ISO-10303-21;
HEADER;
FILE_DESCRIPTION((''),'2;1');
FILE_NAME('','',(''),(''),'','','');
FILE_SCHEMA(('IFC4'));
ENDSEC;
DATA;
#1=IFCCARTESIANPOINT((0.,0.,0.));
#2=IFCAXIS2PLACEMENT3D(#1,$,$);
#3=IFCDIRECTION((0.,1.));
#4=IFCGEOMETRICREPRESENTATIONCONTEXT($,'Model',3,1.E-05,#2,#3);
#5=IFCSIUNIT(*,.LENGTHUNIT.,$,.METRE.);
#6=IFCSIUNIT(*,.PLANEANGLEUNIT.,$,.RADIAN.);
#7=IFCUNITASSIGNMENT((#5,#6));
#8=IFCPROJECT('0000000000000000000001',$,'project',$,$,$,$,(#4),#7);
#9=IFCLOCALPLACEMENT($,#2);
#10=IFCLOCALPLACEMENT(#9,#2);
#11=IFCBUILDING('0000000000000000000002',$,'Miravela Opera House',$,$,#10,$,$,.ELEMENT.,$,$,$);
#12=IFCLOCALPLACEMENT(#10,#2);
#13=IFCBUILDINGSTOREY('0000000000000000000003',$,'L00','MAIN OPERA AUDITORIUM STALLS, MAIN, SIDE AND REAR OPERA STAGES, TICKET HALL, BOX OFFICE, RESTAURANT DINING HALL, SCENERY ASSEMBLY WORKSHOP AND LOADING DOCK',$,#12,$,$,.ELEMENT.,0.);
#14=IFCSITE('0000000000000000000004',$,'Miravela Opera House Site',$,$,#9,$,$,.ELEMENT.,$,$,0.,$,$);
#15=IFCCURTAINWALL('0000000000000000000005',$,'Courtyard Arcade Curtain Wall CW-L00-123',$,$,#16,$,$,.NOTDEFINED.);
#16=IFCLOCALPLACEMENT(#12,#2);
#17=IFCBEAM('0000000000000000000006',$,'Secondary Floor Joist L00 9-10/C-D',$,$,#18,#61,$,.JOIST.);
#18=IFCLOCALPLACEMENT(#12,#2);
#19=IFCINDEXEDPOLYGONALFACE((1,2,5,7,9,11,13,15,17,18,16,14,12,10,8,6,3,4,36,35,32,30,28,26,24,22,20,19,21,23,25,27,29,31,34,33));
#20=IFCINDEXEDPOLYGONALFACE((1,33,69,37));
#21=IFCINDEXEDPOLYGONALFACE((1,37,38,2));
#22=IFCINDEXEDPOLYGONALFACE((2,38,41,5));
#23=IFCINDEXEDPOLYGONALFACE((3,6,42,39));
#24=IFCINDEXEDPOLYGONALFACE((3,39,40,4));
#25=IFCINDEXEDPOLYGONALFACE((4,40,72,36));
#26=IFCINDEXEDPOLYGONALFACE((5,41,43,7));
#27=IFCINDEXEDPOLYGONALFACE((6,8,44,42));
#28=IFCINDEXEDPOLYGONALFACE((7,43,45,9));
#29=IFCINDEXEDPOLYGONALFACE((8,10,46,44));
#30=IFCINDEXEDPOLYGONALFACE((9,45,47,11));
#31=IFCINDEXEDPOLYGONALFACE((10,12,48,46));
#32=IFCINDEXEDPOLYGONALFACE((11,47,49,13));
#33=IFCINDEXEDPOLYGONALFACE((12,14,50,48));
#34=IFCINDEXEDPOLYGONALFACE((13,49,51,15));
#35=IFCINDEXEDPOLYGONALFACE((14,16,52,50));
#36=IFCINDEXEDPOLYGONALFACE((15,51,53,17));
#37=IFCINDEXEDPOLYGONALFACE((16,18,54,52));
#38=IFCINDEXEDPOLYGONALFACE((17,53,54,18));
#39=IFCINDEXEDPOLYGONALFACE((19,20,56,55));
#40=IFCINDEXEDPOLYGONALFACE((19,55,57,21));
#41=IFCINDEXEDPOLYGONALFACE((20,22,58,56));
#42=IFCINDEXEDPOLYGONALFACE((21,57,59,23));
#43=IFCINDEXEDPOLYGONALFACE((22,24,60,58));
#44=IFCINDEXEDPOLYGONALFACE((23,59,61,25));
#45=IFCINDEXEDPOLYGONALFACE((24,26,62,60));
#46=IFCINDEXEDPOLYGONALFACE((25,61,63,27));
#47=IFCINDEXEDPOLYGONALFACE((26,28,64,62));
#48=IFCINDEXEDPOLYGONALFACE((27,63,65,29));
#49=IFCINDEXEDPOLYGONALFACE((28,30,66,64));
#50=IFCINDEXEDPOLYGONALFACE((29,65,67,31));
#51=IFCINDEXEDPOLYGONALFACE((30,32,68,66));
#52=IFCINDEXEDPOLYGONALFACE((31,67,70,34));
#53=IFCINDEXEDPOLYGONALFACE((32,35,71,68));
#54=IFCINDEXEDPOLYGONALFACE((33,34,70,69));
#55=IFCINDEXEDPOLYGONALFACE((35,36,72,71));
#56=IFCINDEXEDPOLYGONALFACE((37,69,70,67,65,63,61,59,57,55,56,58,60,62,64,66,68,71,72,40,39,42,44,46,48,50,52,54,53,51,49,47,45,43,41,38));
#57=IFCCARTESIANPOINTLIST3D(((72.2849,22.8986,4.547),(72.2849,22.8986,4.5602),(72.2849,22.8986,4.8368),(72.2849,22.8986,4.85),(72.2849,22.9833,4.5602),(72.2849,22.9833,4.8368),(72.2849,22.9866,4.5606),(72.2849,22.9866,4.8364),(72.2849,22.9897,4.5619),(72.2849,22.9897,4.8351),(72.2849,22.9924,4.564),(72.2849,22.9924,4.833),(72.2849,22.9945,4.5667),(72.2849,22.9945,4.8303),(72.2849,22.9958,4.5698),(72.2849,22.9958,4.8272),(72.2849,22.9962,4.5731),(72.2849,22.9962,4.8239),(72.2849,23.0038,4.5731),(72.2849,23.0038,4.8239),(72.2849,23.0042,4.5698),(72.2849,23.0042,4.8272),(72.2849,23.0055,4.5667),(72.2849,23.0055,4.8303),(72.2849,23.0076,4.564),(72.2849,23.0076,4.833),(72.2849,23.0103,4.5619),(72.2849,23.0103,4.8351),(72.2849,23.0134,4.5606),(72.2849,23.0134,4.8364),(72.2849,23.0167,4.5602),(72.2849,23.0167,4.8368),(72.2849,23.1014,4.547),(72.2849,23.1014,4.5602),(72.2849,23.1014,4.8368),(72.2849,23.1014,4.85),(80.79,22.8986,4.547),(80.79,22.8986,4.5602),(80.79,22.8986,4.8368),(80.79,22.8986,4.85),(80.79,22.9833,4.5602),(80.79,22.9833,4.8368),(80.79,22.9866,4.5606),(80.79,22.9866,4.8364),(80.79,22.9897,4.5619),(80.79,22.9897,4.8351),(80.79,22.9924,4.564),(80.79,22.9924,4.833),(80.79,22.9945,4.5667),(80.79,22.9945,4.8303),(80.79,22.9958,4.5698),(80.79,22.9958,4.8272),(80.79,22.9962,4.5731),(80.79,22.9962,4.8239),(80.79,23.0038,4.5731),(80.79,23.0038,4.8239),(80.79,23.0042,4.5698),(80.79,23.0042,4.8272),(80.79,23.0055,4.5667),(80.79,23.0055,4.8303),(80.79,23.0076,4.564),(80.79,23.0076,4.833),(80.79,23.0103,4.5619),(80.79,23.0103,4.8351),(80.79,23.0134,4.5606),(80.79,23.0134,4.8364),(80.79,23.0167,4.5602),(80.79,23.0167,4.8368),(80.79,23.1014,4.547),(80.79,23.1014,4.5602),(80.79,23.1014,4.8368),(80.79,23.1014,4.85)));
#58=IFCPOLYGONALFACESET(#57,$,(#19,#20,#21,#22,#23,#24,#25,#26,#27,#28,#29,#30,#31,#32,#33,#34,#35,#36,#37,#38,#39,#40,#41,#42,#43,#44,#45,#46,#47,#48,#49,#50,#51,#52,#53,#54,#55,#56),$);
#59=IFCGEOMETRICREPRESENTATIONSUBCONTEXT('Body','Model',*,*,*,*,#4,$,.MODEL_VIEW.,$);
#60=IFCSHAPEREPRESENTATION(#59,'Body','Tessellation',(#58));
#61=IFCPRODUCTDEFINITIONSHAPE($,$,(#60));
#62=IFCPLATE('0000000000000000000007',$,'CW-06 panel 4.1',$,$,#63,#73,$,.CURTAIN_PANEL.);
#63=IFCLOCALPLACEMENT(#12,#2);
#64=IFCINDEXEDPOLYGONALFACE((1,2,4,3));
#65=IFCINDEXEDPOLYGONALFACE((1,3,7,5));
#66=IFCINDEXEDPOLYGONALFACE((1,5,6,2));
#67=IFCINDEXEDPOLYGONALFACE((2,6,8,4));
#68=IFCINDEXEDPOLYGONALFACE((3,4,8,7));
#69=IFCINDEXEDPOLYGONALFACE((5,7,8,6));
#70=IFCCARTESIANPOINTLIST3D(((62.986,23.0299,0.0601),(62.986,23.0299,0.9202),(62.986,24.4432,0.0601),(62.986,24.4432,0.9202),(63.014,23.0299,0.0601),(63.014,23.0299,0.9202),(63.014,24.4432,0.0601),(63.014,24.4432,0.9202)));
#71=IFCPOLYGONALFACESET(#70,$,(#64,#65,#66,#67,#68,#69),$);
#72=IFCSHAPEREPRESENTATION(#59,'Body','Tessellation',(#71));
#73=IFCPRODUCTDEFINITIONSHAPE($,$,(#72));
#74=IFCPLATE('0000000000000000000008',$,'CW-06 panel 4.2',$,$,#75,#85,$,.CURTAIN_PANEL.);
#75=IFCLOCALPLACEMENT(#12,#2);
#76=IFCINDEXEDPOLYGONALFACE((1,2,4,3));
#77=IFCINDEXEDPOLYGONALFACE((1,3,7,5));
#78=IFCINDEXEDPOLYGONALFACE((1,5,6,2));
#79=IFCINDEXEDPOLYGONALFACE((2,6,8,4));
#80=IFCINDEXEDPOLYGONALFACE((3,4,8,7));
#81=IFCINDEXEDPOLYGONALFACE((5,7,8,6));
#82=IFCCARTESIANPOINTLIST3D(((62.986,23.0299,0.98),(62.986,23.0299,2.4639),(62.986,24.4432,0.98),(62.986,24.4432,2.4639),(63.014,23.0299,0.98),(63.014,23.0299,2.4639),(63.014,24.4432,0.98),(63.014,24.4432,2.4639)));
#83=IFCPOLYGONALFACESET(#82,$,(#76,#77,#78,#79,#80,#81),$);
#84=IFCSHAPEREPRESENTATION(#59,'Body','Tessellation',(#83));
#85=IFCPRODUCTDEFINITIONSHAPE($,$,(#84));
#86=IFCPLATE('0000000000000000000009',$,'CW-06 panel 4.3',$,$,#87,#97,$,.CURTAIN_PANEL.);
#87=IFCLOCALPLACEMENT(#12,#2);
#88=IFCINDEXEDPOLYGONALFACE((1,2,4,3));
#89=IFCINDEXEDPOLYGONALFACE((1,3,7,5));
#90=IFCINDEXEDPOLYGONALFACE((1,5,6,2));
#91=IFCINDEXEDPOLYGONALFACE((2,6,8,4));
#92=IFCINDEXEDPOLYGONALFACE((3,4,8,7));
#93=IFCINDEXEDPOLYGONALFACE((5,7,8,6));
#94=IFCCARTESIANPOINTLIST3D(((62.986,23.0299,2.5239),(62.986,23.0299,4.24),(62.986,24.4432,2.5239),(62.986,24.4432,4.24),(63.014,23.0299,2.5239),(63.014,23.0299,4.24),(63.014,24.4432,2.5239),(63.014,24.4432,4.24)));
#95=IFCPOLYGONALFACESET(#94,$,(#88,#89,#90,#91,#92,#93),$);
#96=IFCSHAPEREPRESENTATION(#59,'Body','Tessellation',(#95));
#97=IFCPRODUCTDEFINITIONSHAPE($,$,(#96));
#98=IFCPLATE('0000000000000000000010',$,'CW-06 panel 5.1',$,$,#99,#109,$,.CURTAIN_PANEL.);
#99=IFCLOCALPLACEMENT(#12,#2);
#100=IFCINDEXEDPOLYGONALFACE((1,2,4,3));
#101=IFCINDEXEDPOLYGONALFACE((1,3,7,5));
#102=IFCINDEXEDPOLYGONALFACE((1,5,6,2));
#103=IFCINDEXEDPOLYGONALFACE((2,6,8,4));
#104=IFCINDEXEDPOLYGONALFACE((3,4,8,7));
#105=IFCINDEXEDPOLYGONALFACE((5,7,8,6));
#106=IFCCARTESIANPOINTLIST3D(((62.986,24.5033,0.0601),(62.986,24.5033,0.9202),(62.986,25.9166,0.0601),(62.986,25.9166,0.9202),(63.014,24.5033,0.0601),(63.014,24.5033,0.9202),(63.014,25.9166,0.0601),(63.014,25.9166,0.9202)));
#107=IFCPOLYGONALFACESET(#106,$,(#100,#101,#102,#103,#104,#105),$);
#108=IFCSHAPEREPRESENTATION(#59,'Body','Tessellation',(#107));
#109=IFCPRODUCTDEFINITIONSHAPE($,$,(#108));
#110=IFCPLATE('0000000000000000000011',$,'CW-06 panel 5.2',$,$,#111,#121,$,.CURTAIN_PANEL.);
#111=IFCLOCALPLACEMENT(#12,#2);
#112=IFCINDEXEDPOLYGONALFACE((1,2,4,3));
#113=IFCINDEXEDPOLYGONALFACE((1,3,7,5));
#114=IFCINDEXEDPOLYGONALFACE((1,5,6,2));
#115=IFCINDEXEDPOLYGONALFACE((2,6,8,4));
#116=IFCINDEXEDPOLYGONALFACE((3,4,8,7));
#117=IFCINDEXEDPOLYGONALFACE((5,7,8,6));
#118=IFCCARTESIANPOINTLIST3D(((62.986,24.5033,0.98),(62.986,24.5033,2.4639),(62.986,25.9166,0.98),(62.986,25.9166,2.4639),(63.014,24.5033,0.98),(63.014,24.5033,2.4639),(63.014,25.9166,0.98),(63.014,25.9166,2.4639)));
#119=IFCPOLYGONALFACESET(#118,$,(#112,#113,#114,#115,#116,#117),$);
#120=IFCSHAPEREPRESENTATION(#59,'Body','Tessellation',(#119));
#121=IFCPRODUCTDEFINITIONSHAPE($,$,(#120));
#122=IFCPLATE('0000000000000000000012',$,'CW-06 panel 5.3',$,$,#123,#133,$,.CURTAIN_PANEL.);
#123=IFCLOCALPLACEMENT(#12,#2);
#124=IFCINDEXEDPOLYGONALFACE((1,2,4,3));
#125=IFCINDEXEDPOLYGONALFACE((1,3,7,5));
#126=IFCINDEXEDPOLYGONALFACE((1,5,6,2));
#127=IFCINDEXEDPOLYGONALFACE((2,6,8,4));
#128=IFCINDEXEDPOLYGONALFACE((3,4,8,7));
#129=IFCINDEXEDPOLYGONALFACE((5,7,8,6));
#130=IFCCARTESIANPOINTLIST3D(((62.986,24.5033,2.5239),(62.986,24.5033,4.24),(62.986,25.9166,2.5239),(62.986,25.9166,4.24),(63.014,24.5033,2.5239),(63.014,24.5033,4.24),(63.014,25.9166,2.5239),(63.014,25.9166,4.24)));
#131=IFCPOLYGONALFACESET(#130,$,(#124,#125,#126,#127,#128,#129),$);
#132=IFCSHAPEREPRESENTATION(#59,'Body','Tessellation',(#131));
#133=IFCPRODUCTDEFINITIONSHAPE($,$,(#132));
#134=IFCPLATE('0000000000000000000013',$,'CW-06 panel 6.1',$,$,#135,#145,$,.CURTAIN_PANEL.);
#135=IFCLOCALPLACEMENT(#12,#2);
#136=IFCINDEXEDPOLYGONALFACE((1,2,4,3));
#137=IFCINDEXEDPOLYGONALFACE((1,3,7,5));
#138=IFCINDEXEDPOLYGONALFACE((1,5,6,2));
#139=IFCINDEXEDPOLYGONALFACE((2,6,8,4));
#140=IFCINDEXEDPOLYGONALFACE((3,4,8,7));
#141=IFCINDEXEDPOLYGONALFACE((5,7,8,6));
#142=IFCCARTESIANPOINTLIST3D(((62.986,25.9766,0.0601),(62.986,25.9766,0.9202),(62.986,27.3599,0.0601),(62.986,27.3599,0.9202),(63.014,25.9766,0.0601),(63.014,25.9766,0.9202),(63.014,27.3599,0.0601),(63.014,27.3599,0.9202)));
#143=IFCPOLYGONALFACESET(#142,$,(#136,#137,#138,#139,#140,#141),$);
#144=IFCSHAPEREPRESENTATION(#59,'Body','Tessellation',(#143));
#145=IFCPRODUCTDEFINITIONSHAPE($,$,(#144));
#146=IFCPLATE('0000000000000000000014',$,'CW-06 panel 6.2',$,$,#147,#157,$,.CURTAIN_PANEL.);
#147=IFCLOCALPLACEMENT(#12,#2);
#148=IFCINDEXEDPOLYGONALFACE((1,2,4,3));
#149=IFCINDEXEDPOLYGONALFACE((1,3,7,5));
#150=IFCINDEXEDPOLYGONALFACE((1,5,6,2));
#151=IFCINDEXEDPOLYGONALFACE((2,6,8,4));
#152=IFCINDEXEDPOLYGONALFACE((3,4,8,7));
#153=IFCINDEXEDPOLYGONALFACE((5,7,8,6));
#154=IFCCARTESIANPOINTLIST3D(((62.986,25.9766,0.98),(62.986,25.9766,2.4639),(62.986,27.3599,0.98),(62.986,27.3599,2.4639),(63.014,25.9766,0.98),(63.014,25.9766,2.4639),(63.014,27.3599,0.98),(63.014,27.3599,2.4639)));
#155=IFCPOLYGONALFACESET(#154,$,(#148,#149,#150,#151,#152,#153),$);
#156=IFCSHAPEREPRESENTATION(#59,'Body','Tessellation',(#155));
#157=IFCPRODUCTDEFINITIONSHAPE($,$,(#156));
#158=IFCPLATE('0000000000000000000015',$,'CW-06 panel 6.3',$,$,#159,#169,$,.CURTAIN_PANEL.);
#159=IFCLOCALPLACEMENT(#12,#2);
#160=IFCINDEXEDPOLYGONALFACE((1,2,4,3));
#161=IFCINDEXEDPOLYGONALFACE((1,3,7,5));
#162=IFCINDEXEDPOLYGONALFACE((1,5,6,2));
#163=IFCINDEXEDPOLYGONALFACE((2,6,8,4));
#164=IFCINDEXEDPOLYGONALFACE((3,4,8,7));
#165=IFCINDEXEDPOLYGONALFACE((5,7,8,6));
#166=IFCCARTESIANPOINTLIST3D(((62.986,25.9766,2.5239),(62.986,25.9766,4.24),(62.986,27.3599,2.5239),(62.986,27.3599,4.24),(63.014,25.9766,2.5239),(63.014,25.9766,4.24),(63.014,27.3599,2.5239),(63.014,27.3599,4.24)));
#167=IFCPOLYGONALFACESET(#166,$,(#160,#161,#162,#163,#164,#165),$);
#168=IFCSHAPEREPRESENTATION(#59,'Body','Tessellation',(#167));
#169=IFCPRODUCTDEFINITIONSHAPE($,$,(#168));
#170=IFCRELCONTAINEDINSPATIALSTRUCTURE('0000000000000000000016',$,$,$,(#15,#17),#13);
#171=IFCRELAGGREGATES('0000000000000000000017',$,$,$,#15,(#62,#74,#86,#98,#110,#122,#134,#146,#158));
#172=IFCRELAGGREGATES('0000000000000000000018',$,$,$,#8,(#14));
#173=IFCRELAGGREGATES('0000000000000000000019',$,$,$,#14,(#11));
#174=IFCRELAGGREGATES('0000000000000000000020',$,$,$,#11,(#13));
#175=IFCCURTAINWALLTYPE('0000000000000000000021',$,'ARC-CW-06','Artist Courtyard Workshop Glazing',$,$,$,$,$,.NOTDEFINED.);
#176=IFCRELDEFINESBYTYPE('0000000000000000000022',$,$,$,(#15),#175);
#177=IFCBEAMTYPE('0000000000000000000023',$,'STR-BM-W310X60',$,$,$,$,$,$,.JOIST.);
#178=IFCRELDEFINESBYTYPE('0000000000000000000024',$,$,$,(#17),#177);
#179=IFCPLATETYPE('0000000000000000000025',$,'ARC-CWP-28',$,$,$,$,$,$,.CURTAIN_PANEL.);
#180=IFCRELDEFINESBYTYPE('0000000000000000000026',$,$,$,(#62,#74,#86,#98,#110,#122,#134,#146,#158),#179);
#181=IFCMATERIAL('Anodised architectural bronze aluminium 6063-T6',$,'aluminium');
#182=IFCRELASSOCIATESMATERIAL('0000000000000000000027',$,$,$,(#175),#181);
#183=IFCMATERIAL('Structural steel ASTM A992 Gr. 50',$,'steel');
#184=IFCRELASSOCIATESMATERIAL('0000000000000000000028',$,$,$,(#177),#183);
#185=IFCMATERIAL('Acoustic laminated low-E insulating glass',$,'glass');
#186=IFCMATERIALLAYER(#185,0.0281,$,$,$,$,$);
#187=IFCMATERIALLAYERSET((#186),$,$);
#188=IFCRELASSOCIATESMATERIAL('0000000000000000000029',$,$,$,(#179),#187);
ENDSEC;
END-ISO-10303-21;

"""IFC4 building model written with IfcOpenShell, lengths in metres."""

from ifc_helpers import new_model, si_unit, direction, frame, origin, origin_2d, place, context, subcontext, project, spatial, rectangle, i_section, extrude, material, layer, layer_set, material_profile, profile_set, type_object, element, aggregate, save


model = new_model("IFC4")

# Units and contexts
model_context = context("Model", 3, precision=1e-05, world=origin(), true_north=direction((0.0, 1.0)))
body_context = subcontext(model_context, "Body", "Model", "MODEL_VIEW")
ifc_project = project(units=[si_unit("LENGTHUNIT", "METRE"), si_unit("PLANEANGLEUNIT", "RADIAN")], contexts=[model_context])

# Site, building, storey
site_placement = place(None, origin())
site = spatial("IfcSite", under=ifc_project, at=site_placement, Name="Miravela Opera House Site", CompositionType="ELEMENT", RefElevation=0.0)
building_placement = place(site_placement, origin())
building = spatial("IfcBuilding", under=site, at=building_placement, Name="Miravela Opera House", CompositionType="ELEMENT")
storey_placement = place(building_placement, origin())
storey = spatial("IfcBuildingStorey", under=building, at=storey_placement, Name="L00", Description="MAIN OPERA AUDITORIUM STALLS, MAIN, SIDE AND REAR OPERA STAGES, TICKET HALL, BOX OFFICE, RESTAURANT DINING HALL, SCENERY ASSEMBLY WORKSHOP AND LOADING DOCK", CompositionType="ELEMENT", Elevation=0.0)

# Curtain wall
ifc_material_1 = material(Name="Anodised architectural bronze aluminium 6063-T6", Category="aluminium")
curtain_wall_type = type_object("IfcCurtainWallType", Name="ARC-CW-06", Description="Artist Courtyard Workshop Glazing", PredefinedType="NOTDEFINED", material=ifc_material_1)
curtain_wall_placement = place(storey_placement, origin())
curtain_wall = element("IfcCurtainWall", 1, at=curtain_wall_placement, inside=storey, type_object=curtain_wall_type, Name="Courtyard Arcade Curtain Wall CW-L00-123", PredefinedType="NOTDEFINED")

# Beam
ifc_material_2 = material(Name="Structural steel ASTM A992 Gr. 50", Category="steel")
ifc_material_profile_1 = material_profile(ifc_material_2, i_section(OverallWidth=0.2029, OverallDepth=0.303, WebThickness=0.0076, FlangeThickness=0.0132, FilletRadius=0.0129, at=origin_2d()), Name="W310X60")
ifc_profile_set_1 = profile_set([ifc_material_profile_1])
beam_type_1 = type_object("IfcBeamType", Name="STR-BM-W310X60", PredefinedType="JOIST", material=ifc_profile_set_1)
beam_1_placement = place(storey_placement, frame((72.2849, 23.0, 4.6985), z_axis=(1.0, 0.0, 0.0), x_axis=(0.0, 1.0, 0.0)))
element("IfcBeam", 2, at=beam_1_placement, inside=storey, type_object=beam_type_1, Name="Secondary Floor Joist L00 9-10/C-D", PredefinedType="JOIST", context=body_context, shape_type="SweptSolid", body=[
    extrude(i_section(OverallWidth=0.2029, OverallDepth=0.303, WebThickness=0.0076, FlangeThickness=0.0132, FilletRadius=0.0129, at=origin_2d()), origin(), (0.0, 0.0, 1.0), 8.5051),
])

# Plates
ifc_material_3 = material(Name="Acoustic laminated low-E insulating glass", Category="glass")
ifc_layer = layer(ifc_material_3, 0.0281)
ifc_layer_set = layer_set([ifc_layer])
plate_type = type_object("IfcPlateType", Name="ARC-CWP-28", PredefinedType="CURTAIN_PANEL", material=ifc_layer_set)
plate_1_placement = place(storey_placement, frame((63.0, 23.7366, 0.0601), z_axis=(0.0, 0.0, 1.0), x_axis=(0.0, 1.0, 0.0)))
plate_1 = element("IfcPlate", 3, at=plate_1_placement, type_object=plate_type, Name="CW-06 panel 4.1", PredefinedType="CURTAIN_PANEL", context=body_context, shape_type="SweptSolid", body=[
    extrude(rectangle(XDim=1.4133, YDim=0.0281, at=origin_2d()), origin(), (0.0, 0.0, 1.0), 0.8601),
])
plate_2_placement = place(storey_placement, frame((63.0, 23.7366, 0.98), z_axis=(0.0, 0.0, 1.0), x_axis=(0.0, 1.0, 0.0)))
plate_2 = element("IfcPlate", 4, at=plate_2_placement, type_object=plate_type, Name="CW-06 panel 4.2", PredefinedType="CURTAIN_PANEL", context=body_context, shape_type="SweptSolid", body=[
    extrude(rectangle(XDim=1.4133, YDim=0.0281, at=origin_2d()), origin(), (0.0, 0.0, 1.0), 1.4839),
])
plate_3_placement = place(storey_placement, frame((63.0, 23.7366, 2.5239), z_axis=(0.0, 0.0, 1.0), x_axis=(0.0, 1.0, 0.0)))
plate_3 = element("IfcPlate", 5, at=plate_3_placement, type_object=plate_type, Name="CW-06 panel 4.3", PredefinedType="CURTAIN_PANEL", context=body_context, shape_type="SweptSolid", body=[
    extrude(rectangle(XDim=1.4133, YDim=0.0281, at=origin_2d()), origin(), (0.0, 0.0, 1.0), 1.7161),
])
plate_4_placement = place(storey_placement, frame((63.0, 25.21, 0.0601), z_axis=(0.0, 0.0, 1.0), x_axis=(0.0, 1.0, 0.0)))
plate_4 = element("IfcPlate", 6, at=plate_4_placement, type_object=plate_type, Name="CW-06 panel 5.1", PredefinedType="CURTAIN_PANEL", context=body_context, shape_type="SweptSolid", body=[
    extrude(rectangle(XDim=1.4133, YDim=0.0281, at=origin_2d()), origin(), (0.0, 0.0, 1.0), 0.8601),
])
plate_5_placement = place(storey_placement, frame((63.0, 25.21, 0.98), z_axis=(0.0, 0.0, 1.0), x_axis=(0.0, 1.0, 0.0)))
plate_5 = element("IfcPlate", 7, at=plate_5_placement, type_object=plate_type, Name="CW-06 panel 5.2", PredefinedType="CURTAIN_PANEL", context=body_context, shape_type="SweptSolid", body=[
    extrude(rectangle(XDim=1.4133, YDim=0.0281, at=origin_2d()), origin(), (0.0, 0.0, 1.0), 1.4839),
])
plate_6_placement = place(storey_placement, frame((63.0, 25.21, 2.5239), z_axis=(0.0, 0.0, 1.0), x_axis=(0.0, 1.0, 0.0)))
plate_6 = element("IfcPlate", 8, at=plate_6_placement, type_object=plate_type, Name="CW-06 panel 5.3", PredefinedType="CURTAIN_PANEL", context=body_context, shape_type="SweptSolid", body=[
    extrude(rectangle(XDim=1.4133, YDim=0.0281, at=origin_2d()), origin(), (0.0, 0.0, 1.0), 1.7161),
])
plate_7_placement = place(storey_placement, frame((63.0, 26.6682, 0.0601), z_axis=(0.0, 0.0, 1.0), x_axis=(0.0, 1.0, 0.0)))
plate_7 = element("IfcPlate", 9, at=plate_7_placement, type_object=plate_type, Name="CW-06 panel 6.1", PredefinedType="CURTAIN_PANEL", context=body_context, shape_type="SweptSolid", body=[
    extrude(rectangle(XDim=1.3833, YDim=0.0281, at=origin_2d()), origin(), (0.0, 0.0, 1.0), 0.8601),
])
plate_8_placement = place(storey_placement, frame((63.0, 26.6682, 0.98), z_axis=(0.0, 0.0, 1.0), x_axis=(0.0, 1.0, 0.0)))
plate_8 = element("IfcPlate", 10, at=plate_8_placement, type_object=plate_type, Name="CW-06 panel 6.2", PredefinedType="CURTAIN_PANEL", context=body_context, shape_type="SweptSolid", body=[
    extrude(rectangle(XDim=1.3833, YDim=0.0281, at=origin_2d()), origin(), (0.0, 0.0, 1.0), 1.4839),
])
plate_9_placement = place(storey_placement, frame((63.0, 26.6682, 2.5239), z_axis=(0.0, 0.0, 1.0), x_axis=(0.0, 1.0, 0.0)))
plate_9 = element("IfcPlate", 11, at=plate_9_placement, type_object=plate_type, Name="CW-06 panel 6.3", PredefinedType="CURTAIN_PANEL", context=body_context, shape_type="SweptSolid", body=[
    extrude(rectangle(XDim=1.3833, YDim=0.0281, at=origin_2d()), origin(), (0.0, 0.0, 1.0), 1.7161),
])
aggregate(curtain_wall, [plate_1, plate_2, plate_3, plate_4, plate_5, plate_6, plate_7, plate_8, plate_9])

save(model, "model.ifc")
